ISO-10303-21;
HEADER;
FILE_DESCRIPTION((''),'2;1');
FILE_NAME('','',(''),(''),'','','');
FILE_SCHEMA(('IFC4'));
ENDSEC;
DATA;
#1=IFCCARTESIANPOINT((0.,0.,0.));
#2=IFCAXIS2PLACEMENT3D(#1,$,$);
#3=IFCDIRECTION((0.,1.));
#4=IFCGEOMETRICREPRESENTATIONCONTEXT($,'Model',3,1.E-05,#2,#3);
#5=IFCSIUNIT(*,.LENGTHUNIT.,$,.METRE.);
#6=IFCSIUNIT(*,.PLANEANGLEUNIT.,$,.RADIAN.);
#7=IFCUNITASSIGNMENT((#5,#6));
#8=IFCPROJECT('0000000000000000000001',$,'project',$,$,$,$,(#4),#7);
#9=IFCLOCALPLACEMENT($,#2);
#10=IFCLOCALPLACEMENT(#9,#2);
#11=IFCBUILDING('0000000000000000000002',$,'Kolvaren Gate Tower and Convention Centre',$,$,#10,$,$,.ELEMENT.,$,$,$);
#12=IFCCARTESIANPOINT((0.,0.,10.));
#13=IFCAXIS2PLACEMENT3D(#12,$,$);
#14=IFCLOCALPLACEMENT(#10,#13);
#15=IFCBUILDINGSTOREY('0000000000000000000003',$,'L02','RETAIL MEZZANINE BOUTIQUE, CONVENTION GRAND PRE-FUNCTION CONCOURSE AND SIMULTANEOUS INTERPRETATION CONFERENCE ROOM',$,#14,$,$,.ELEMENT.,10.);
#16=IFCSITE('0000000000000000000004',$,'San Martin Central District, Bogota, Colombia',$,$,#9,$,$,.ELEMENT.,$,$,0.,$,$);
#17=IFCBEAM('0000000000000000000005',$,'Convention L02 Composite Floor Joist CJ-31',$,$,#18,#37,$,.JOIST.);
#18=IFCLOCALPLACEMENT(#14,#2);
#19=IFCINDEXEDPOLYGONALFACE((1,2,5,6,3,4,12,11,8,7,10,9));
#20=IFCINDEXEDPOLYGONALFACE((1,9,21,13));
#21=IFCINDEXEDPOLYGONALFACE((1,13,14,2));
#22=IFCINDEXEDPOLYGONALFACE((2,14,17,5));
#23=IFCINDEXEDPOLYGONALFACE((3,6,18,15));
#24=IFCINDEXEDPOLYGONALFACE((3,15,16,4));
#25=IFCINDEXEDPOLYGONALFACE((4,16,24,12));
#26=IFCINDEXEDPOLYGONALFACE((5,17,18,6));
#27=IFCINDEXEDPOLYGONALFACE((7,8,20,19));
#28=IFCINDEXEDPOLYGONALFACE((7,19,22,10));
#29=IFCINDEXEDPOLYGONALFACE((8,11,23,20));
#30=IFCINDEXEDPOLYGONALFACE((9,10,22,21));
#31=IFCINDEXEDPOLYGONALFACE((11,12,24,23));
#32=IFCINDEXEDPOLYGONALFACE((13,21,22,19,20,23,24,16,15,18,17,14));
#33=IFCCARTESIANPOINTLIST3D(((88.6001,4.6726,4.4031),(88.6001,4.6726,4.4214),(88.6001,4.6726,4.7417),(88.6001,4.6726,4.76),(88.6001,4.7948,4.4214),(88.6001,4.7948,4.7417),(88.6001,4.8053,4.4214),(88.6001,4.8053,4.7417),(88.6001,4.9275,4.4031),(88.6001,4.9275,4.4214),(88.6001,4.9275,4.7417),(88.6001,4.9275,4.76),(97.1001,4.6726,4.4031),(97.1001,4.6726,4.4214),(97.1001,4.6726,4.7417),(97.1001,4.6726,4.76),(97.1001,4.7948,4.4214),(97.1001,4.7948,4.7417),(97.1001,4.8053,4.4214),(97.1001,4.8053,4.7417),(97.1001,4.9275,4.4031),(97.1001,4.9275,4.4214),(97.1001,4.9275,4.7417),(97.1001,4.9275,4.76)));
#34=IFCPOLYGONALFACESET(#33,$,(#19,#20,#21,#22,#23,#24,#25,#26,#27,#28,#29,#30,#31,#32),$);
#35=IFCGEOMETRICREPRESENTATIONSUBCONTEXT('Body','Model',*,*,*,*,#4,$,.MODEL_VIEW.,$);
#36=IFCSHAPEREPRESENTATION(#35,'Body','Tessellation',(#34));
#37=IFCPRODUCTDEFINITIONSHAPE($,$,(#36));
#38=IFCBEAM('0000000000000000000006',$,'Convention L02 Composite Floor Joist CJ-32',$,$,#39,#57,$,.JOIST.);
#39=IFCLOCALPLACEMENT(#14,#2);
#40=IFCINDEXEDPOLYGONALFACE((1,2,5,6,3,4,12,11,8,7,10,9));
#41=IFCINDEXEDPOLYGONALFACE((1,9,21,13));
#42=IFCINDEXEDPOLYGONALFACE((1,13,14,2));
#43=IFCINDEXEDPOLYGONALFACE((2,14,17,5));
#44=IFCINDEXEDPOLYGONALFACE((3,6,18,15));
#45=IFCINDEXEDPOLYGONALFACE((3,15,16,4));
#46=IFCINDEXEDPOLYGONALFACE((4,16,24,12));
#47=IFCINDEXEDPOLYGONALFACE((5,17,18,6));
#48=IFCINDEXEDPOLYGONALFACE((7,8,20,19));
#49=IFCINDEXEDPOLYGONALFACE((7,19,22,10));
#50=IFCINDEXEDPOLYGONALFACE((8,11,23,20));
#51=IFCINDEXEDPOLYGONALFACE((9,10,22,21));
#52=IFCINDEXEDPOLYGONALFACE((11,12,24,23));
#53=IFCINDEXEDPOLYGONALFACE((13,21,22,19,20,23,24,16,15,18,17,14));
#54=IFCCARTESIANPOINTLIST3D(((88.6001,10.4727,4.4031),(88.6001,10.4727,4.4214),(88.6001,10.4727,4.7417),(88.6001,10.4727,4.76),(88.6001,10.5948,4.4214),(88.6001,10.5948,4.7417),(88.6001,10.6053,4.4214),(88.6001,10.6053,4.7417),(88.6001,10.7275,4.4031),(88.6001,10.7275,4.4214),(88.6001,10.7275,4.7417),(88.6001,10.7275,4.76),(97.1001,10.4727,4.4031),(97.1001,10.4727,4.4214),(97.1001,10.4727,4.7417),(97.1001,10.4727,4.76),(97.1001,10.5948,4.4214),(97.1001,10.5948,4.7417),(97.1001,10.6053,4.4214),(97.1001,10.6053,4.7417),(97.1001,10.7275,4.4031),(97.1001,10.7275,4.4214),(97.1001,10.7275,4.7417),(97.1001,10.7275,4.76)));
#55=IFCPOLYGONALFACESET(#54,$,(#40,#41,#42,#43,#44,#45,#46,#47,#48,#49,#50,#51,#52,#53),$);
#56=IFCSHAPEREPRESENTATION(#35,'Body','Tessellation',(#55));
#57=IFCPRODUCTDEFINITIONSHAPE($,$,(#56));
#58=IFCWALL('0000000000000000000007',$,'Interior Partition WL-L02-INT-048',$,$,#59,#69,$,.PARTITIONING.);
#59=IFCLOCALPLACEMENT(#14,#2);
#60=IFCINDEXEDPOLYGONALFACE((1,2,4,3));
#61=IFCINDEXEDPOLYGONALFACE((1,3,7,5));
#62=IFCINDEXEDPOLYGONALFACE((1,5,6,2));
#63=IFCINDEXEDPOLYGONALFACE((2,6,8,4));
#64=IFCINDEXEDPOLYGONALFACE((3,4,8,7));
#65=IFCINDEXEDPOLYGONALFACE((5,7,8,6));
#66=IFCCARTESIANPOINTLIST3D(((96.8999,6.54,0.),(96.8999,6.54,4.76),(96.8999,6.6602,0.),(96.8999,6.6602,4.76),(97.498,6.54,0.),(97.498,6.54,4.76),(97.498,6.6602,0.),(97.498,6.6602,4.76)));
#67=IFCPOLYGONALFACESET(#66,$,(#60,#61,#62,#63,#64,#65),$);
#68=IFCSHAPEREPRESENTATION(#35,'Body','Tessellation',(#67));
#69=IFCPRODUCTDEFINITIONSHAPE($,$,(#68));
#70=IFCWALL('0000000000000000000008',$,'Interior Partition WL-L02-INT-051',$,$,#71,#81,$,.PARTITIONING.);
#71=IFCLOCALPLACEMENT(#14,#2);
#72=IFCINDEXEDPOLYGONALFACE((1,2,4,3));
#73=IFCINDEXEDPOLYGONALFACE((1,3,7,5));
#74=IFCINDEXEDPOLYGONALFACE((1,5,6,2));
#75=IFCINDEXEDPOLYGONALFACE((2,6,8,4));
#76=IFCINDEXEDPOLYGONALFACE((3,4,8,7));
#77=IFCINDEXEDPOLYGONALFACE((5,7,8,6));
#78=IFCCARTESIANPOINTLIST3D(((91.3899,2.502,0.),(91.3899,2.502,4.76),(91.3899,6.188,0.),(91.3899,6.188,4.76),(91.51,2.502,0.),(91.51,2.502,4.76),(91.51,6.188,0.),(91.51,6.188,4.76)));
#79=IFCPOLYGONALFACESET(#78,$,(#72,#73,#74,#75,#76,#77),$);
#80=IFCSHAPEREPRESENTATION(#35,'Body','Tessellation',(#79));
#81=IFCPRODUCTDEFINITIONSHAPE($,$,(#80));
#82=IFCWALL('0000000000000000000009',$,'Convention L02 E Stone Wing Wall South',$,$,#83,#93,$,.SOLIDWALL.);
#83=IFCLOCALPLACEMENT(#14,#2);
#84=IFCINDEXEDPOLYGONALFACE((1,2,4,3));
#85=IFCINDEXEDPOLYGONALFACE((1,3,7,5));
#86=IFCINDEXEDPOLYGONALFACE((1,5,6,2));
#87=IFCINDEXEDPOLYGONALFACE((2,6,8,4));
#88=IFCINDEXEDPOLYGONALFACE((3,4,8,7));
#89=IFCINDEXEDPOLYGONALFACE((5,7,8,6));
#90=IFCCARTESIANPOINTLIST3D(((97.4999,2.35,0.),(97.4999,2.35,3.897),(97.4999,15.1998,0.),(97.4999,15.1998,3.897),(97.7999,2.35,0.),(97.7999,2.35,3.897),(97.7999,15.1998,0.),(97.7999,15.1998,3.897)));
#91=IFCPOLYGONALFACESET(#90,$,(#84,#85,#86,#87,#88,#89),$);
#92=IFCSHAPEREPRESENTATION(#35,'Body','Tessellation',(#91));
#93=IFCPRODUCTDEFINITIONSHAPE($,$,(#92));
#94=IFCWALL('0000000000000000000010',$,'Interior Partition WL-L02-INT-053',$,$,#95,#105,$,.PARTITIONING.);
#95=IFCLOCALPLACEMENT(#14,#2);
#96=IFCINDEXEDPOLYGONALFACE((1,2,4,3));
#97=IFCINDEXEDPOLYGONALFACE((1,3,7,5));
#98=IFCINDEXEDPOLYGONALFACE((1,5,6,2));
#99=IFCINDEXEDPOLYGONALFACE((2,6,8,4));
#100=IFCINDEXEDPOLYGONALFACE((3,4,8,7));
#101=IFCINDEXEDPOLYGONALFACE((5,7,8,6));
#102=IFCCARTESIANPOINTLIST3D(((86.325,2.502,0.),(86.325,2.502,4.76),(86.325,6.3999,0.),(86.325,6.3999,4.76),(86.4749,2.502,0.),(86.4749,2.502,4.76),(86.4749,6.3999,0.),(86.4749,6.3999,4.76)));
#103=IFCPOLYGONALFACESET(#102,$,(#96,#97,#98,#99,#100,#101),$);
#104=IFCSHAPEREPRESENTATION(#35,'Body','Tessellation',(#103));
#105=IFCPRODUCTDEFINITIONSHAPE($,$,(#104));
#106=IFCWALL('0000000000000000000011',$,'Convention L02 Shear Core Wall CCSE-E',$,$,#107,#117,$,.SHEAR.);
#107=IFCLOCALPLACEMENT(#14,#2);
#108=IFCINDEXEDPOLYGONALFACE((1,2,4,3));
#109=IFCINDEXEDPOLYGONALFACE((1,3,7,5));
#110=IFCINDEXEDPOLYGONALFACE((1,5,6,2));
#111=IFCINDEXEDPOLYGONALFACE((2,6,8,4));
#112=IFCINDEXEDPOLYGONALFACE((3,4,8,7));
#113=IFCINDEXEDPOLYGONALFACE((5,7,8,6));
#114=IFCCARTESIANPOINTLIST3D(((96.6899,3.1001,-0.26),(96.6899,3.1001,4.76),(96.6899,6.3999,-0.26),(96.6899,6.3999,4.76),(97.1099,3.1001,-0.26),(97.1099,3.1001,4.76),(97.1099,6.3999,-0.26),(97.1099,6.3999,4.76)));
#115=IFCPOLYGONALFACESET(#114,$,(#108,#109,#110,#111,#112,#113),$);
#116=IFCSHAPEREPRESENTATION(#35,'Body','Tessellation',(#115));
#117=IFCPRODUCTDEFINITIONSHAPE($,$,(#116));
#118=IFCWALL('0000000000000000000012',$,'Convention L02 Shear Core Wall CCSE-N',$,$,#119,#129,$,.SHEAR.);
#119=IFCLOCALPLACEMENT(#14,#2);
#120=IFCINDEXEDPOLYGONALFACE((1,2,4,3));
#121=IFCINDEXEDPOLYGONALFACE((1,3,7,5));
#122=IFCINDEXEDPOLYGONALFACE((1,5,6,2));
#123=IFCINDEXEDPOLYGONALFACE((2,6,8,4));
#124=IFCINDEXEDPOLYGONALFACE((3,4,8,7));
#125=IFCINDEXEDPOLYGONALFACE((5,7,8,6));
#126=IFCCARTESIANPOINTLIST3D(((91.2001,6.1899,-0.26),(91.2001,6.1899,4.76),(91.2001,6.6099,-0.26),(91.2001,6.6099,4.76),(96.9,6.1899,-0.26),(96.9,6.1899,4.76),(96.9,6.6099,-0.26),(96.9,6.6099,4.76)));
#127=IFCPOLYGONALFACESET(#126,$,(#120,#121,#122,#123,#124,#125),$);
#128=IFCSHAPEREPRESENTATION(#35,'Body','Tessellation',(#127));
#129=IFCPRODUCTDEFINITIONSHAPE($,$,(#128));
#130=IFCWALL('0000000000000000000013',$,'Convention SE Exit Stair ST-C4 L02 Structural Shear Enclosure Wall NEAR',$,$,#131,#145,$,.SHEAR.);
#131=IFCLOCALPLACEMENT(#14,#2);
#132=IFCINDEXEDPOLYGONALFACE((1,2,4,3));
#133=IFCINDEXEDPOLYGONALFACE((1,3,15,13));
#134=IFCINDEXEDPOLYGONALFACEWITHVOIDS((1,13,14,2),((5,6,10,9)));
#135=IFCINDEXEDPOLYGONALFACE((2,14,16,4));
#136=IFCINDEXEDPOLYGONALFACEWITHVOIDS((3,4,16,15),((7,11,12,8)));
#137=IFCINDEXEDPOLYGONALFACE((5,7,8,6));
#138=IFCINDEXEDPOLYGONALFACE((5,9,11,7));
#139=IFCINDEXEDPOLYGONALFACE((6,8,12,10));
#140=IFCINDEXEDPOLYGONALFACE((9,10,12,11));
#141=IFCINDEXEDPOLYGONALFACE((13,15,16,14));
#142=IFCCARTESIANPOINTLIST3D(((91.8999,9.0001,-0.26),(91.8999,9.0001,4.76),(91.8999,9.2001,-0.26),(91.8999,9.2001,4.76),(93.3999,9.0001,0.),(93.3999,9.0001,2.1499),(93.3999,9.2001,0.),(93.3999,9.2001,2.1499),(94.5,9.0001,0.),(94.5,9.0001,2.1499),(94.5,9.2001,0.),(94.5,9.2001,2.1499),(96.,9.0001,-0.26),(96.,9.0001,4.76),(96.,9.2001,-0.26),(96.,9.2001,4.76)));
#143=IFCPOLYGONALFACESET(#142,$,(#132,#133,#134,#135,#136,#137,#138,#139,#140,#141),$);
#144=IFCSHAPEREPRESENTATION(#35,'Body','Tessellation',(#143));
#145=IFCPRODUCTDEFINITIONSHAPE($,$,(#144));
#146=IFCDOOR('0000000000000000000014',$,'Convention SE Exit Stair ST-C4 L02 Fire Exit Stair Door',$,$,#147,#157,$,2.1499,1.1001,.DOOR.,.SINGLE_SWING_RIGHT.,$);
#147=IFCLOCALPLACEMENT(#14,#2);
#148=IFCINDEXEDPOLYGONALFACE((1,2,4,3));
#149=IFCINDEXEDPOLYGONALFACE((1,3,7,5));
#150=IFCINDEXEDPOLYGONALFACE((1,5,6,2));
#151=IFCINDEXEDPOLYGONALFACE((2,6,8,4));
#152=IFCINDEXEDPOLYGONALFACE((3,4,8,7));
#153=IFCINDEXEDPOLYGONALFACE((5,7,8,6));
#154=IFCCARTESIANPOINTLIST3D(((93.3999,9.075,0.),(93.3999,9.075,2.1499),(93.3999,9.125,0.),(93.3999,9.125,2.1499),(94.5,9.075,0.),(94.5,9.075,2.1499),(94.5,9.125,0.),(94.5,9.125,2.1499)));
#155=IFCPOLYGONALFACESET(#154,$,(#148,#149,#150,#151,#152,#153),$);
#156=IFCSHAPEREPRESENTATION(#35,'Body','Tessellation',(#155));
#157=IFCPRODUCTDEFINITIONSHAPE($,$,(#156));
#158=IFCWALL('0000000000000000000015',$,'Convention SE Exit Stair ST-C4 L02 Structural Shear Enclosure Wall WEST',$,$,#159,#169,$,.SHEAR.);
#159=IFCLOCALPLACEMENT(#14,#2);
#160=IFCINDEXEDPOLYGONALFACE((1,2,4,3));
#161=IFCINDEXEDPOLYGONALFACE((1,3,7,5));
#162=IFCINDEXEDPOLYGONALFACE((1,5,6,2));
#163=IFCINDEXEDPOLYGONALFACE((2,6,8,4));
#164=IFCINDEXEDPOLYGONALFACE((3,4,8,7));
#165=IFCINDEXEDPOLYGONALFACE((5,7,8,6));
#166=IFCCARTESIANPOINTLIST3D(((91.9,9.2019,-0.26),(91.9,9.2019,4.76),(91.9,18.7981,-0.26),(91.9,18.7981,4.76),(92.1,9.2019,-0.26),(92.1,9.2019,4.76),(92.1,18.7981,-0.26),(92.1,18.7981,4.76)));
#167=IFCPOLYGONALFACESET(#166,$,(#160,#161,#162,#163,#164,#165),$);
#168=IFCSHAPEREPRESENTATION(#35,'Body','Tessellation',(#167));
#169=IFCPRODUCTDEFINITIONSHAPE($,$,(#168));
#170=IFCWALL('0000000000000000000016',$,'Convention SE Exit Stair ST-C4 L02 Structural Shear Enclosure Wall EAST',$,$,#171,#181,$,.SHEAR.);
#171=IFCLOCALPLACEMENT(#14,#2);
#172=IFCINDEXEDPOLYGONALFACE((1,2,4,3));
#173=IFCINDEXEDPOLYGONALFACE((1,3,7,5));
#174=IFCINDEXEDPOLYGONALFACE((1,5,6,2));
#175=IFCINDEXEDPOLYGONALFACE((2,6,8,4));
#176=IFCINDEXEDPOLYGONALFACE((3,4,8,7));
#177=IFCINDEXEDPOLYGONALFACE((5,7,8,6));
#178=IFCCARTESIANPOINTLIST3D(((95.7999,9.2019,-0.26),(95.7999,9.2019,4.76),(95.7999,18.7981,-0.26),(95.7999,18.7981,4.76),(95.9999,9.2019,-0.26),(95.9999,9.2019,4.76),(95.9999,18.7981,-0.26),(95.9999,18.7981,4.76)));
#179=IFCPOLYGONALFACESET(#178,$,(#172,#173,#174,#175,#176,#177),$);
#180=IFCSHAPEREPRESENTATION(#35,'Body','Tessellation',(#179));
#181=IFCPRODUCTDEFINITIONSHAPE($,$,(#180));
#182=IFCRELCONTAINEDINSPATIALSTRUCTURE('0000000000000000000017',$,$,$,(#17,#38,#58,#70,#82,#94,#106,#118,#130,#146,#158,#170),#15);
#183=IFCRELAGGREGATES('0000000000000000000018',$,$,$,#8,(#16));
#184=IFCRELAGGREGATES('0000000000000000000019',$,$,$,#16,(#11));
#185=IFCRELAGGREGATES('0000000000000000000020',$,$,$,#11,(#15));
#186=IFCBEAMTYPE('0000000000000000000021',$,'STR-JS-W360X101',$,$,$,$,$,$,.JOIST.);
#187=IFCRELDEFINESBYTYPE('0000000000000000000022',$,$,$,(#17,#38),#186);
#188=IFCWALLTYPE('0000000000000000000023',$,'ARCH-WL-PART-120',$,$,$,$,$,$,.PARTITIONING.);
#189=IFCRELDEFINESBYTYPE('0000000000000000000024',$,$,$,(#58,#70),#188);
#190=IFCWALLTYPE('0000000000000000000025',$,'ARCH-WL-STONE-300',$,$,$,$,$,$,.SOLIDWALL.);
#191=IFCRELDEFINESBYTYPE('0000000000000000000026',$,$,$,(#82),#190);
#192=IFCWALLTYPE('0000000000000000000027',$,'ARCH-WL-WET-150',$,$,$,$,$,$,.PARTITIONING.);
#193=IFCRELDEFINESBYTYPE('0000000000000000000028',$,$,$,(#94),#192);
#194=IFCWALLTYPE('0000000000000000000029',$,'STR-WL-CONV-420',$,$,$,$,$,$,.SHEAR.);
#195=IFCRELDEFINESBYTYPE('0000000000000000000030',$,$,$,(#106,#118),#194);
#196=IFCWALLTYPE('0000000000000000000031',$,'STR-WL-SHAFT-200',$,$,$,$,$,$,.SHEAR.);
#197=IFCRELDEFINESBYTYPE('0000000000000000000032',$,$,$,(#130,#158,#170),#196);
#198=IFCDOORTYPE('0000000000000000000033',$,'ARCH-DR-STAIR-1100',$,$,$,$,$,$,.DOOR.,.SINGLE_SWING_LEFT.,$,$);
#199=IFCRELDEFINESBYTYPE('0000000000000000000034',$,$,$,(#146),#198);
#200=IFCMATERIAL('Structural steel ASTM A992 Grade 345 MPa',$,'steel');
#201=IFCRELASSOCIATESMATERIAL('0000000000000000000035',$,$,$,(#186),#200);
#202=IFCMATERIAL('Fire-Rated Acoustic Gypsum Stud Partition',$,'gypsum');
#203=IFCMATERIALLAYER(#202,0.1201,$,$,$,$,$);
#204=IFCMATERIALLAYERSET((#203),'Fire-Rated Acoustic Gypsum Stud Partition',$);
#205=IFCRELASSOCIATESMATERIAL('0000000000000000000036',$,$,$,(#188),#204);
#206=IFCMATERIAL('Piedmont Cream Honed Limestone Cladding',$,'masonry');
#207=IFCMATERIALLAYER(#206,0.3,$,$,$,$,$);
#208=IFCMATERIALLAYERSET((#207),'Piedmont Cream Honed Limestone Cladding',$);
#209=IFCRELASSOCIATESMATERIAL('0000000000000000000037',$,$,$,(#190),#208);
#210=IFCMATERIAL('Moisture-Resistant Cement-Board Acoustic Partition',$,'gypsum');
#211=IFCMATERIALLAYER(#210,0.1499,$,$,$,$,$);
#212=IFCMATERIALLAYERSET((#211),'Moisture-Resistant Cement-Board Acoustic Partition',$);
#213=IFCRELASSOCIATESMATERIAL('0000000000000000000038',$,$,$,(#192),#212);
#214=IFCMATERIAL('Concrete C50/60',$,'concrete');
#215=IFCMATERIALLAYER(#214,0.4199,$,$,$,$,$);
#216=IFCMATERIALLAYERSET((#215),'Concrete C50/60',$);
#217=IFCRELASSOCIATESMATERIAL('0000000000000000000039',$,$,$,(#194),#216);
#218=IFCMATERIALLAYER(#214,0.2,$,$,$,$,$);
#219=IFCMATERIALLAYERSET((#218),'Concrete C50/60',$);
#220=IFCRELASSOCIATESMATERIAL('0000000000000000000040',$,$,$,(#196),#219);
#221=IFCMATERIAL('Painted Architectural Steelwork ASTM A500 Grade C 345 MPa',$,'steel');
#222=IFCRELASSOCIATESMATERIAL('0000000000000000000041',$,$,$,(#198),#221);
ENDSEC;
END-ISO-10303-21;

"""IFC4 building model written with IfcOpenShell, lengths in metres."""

from ifc_helpers import new_model, si_unit, direction, frame, frame_2d, origin, origin_2d, place, context, subcontext, project, spatial, rectangle, i_section, extrude, material, layer, layer_set, material_profile, profile_set, type_object, element, fill, save


model = new_model("IFC4")

# Units and contexts
model_context = context("Model", 3, precision=1e-05, world=origin(), true_north=direction((0.0, 1.0)))
body_context = subcontext(model_context, "Body", "Model", "MODEL_VIEW")
ifc_project = project(units=[si_unit("LENGTHUNIT", "METRE"), si_unit("PLANEANGLEUNIT", "RADIAN")], contexts=[model_context])

# Site, building, storey
site_placement = place(None, origin())
site = spatial("IfcSite", under=ifc_project, at=site_placement, Name="San Martin Central District, Bogota, Colombia", CompositionType="ELEMENT", RefElevation=0.0)
building_placement = place(site_placement, origin())
building = spatial("IfcBuilding", under=site, at=building_placement, Name="Kolvaren Gate Tower and Convention Centre", CompositionType="ELEMENT")
storey_placement = place(building_placement, frame((0.0, 0.0, 10.0)))
storey = spatial("IfcBuildingStorey", under=building, at=storey_placement, Name="L02", Description="RETAIL MEZZANINE BOUTIQUE, CONVENTION GRAND PRE-FUNCTION CONCOURSE AND SIMULTANEOUS INTERPRETATION CONFERENCE ROOM", CompositionType="ELEMENT", Elevation=10.0)

# Beams
ifc_material_1 = material(Name="Structural steel ASTM A992 Grade 345 MPa", Category="steel")
ifc_material_profile_1 = material_profile(ifc_material_1, i_section(OverallWidth=0.2549, OverallDepth=0.3569, WebThickness=0.0105, FlangeThickness=0.0183, at=origin_2d()), Name="W360X101")
ifc_profile_set_1 = profile_set([ifc_material_profile_1], Name="Structural steel ASTM A992 Grade 345 MPa")
beam_type_1 = type_object("IfcBeamType", Name="STR-JS-W360X101", PredefinedType="JOIST", material=ifc_profile_set_1)
for number, where, z_axis, x_axis, name in (
    (1, (88.6001, 4.8, 4.5815), (1.0, 0.0, 0.0), (0.0, 1.0, 0.0), "Convention L02 Composite Floor Joist CJ-31"),
    (2, (88.6001, 10.6001, 4.5815), (1.0, 0.0, 0.0), (0.0, 1.0, 0.0), "Convention L02 Composite Floor Joist CJ-32"),
):
    element("IfcBeam", number, at=place(storey_placement, frame(where, z_axis=z_axis, x_axis=x_axis)), inside=storey, type_object=beam_type_1, Name=name, PredefinedType="JOIST", context=body_context, shape_type="SweptSolid", body=[
        extrude(i_section(OverallWidth=0.2549, OverallDepth=0.3569, WebThickness=0.0105, FlangeThickness=0.0183, at=origin_2d()), origin(), (0.0, 0.0, 1.0), 8.5),
    ])

# Walls
ifc_material_2 = material(Name="Fire-Rated Acoustic Gypsum Stud Partition", Category="gypsum")
ifc_layer_1 = layer(ifc_material_2, 0.1201)
ifc_layer_set_1 = layer_set([ifc_layer_1], Name="Fire-Rated Acoustic Gypsum Stud Partition")
wall_type_1 = type_object("IfcWallType", Name="ARCH-WL-PART-120", PredefinedType="PARTITIONING", material=ifc_layer_set_1)
wall_1_placement = place(storey_placement, frame((96.8999, 6.6001, 0.0), z_axis=(0.0, 0.0, 1.0), x_axis=(1.0, 0.0, 0.0)))
element("IfcWall", 3, at=wall_1_placement, inside=storey, type_object=wall_type_1, Name="Interior Partition WL-L02-INT-048", PredefinedType="PARTITIONING", context=body_context, shape_type="SweptSolid", body=[
    extrude(rectangle(XDim=0.5981, YDim=0.1201, at=frame_2d((0.2991, 0.0))), origin(), (0.0, 0.0, 1.0), 4.76),
])
wall_2_placement = place(storey_placement, frame((91.45, 2.502, 0.0), z_axis=(0.0, 0.0, 1.0), x_axis=(0.0, 1.0, 0.0)))
element("IfcWall", 4, at=wall_2_placement, inside=storey, type_object=wall_type_1, Name="Interior Partition WL-L02-INT-051", PredefinedType="PARTITIONING", context=body_context, shape_type="SweptSolid", body=[
    extrude(rectangle(XDim=3.686, YDim=0.1201, at=frame_2d((1.843, 0.0))), origin(), (0.0, 0.0, 1.0), 4.76),
])
ifc_material_3 = material(Name="Piedmont Cream Honed Limestone Cladding", Category="masonry")
ifc_layer_2 = layer(ifc_material_3, 0.3)
ifc_layer_set_2 = layer_set([ifc_layer_2], Name="Piedmont Cream Honed Limestone Cladding")
wall_type_2 = type_object("IfcWallType", Name="ARCH-WL-STONE-300", PredefinedType="SOLIDWALL", material=ifc_layer_set_2)
wall_3_placement = place(storey_placement, frame((97.6499, 2.3501, 0.0), z_axis=(0.0, 0.0, 1.0), x_axis=(0.0, 1.0, 0.0)))
element("IfcWall", 5, at=wall_3_placement, inside=storey, type_object=wall_type_2, Name="Convention L02 E Stone Wing Wall South", PredefinedType="SOLIDWALL", context=body_context, shape_type="SweptSolid", body=[
    extrude(rectangle(XDim=12.8499, YDim=0.3, at=frame_2d((6.4248, 0.0))), origin(), (0.0, 0.0, 1.0), 3.897),
])
ifc_material_4 = material(Name="Moisture-Resistant Cement-Board Acoustic Partition", Category="gypsum")
ifc_layer_3 = layer(ifc_material_4, 0.1499)
ifc_layer_set_3 = layer_set([ifc_layer_3], Name="Moisture-Resistant Cement-Board Acoustic Partition")
wall_type_3 = type_object("IfcWallType", Name="ARCH-WL-WET-150", PredefinedType="PARTITIONING", material=ifc_layer_set_3)
wall_4_placement = place(storey_placement, frame((86.3999, 2.502, 0.0), z_axis=(0.0, 0.0, 1.0), x_axis=(0.0, 1.0, 0.0)))
element("IfcWall", 6, at=wall_4_placement, inside=storey, type_object=wall_type_3, Name="Interior Partition WL-L02-INT-053", PredefinedType="PARTITIONING", context=body_context, shape_type="SweptSolid", body=[
    extrude(rectangle(XDim=3.8979, YDim=0.1499, at=frame_2d((1.949, 0.0))), origin(), (0.0, 0.0, 1.0), 4.76),
])
ifc_material_5 = material(Name="Concrete C50/60", Category="concrete")
ifc_layer_4 = layer(ifc_material_5, 0.4199)
ifc_layer_set_4 = layer_set([ifc_layer_4], Name="Concrete C50/60")
wall_type_4 = type_object("IfcWallType", Name="STR-WL-CONV-420", PredefinedType="SHEAR", material=ifc_layer_set_4)
wall_5_placement = place(storey_placement, frame((96.8999, 3.1001, -0.26), z_axis=(0.0, 0.0, 1.0), x_axis=(0.0, 1.0, 0.0)))
element("IfcWall", 7, at=wall_5_placement, inside=storey, type_object=wall_type_4, Name="Convention L02 Shear Core Wall CCSE-E", PredefinedType="SHEAR", context=body_context, shape_type="SweptSolid", body=[
    extrude(rectangle(XDim=3.2998, YDim=0.4199, at=frame_2d((1.6499, 0.0))), origin(), (0.0, 0.0, 1.0), 5.02),
])
wall_6_placement = place(storey_placement, frame((91.2, 6.3999, -0.26), z_axis=(0.0, 0.0, 1.0), x_axis=(1.0, 0.0, 0.0)))
element("IfcWall", 8, at=wall_6_placement, inside=storey, type_object=wall_type_4, Name="Convention L02 Shear Core Wall CCSE-N", PredefinedType="SHEAR", context=body_context, shape_type="SweptSolid", body=[
    extrude(rectangle(XDim=5.7, YDim=0.4199, at=frame_2d((2.8501, 0.0))), origin(), (0.0, 0.0, 1.0), 5.02),
])

# Wall, opening, door
ifc_layer_5 = layer(ifc_material_5, 0.2)
ifc_layer_set_5 = layer_set([ifc_layer_5], Name="Concrete C50/60")
wall_type_5 = type_object("IfcWallType", Name="STR-WL-SHAFT-200", PredefinedType="SHEAR", material=ifc_layer_set_5)
wall_7_placement = place(storey_placement, frame((91.8999, 9.1001, -0.26), z_axis=(0.0, 0.0, 1.0), x_axis=(1.0, 0.0, 0.0)))
wall_7 = element("IfcWall", 9, at=wall_7_placement, inside=storey, type_object=wall_type_5, Name="Convention SE Exit Stair ST-C4 L02 Structural Shear Enclosure Wall NEAR", PredefinedType="SHEAR", context=body_context, shape_type="SweptSolid", body=[
    extrude(rectangle(XDim=4.1001, YDim=0.2, at=frame_2d((2.05, 0.0))), origin(), (0.0, 0.0, 1.0), 5.02),
])
opening_placement = place(wall_7_placement, frame((1.5, 0.0, 0.26)))
opening = element("IfcOpeningElement", 10, at=opening_placement, cuts=wall_7, PredefinedType="OPENING", context=body_context, shape_type="SweptSolid", body=[
    extrude(rectangle(XDim=1.1001, YDim=2.1499, at=frame_2d((0.55, 1.075))), frame((0.0, 0.1099, 0.0), z_axis=(0.0, -1.0, 0.0), x_axis=(1.0, 0.0, 0.0)), (0.0, 0.0, 1.0), 0.22),
])
ifc_material_6 = material(Name="Painted Architectural Steelwork ASTM A500 Grade C 345 MPa", Category="steel")
door_type = type_object("IfcDoorType", Name="ARCH-DR-STAIR-1100", OperationType="SINGLE_SWING_LEFT", PredefinedType="DOOR", material=ifc_material_6)
door_placement = place(opening_placement, origin())
door = element("IfcDoor", 11, at=door_placement, inside=storey, type_object=door_type, Name="Convention SE Exit Stair ST-C4 L02 Fire Exit Stair Door", OperationType="SINGLE_SWING_RIGHT", OverallHeight=2.1499, OverallWidth=1.1001, PredefinedType="DOOR", context=body_context, shape_type="SweptSolid", body=[
    extrude(rectangle(XDim=1.1001, YDim=2.1499, at=frame_2d((0.55, 1.075))), frame((0.0, 0.0249, 0.0), z_axis=(0.0, -1.0, 0.0), x_axis=(1.0, 0.0, 0.0)), (0.0, 0.0, 1.0), 0.05),
])
fill(opening, door)

# Walls
for number, where, z_axis, x_axis, name in (
    (12, (92.0, 9.2019, -0.26), (0.0, 0.0, 1.0), (0.0, 1.0, 0.0), "Convention SE Exit Stair ST-C4 L02 Structural Shear Enclosure Wall WEST"),
    (13, (95.8999, 9.2019, -0.26), (0.0, 0.0, 1.0), (0.0, 1.0, 0.0), "Convention SE Exit Stair ST-C4 L02 Structural Shear Enclosure Wall EAST"),
):
    element("IfcWall", number, at=place(storey_placement, frame(where, z_axis=z_axis, x_axis=x_axis)), inside=storey, type_object=wall_type_5, Name=name, PredefinedType="SHEAR", context=body_context, shape_type="SweptSolid", body=[
        extrude(rectangle(XDim=9.5962, YDim=0.2, at=frame_2d((4.7981, 0.0))), origin(), (0.0, 0.0, 1.0), 5.02),
    ])

save(model, "model.ifc")
